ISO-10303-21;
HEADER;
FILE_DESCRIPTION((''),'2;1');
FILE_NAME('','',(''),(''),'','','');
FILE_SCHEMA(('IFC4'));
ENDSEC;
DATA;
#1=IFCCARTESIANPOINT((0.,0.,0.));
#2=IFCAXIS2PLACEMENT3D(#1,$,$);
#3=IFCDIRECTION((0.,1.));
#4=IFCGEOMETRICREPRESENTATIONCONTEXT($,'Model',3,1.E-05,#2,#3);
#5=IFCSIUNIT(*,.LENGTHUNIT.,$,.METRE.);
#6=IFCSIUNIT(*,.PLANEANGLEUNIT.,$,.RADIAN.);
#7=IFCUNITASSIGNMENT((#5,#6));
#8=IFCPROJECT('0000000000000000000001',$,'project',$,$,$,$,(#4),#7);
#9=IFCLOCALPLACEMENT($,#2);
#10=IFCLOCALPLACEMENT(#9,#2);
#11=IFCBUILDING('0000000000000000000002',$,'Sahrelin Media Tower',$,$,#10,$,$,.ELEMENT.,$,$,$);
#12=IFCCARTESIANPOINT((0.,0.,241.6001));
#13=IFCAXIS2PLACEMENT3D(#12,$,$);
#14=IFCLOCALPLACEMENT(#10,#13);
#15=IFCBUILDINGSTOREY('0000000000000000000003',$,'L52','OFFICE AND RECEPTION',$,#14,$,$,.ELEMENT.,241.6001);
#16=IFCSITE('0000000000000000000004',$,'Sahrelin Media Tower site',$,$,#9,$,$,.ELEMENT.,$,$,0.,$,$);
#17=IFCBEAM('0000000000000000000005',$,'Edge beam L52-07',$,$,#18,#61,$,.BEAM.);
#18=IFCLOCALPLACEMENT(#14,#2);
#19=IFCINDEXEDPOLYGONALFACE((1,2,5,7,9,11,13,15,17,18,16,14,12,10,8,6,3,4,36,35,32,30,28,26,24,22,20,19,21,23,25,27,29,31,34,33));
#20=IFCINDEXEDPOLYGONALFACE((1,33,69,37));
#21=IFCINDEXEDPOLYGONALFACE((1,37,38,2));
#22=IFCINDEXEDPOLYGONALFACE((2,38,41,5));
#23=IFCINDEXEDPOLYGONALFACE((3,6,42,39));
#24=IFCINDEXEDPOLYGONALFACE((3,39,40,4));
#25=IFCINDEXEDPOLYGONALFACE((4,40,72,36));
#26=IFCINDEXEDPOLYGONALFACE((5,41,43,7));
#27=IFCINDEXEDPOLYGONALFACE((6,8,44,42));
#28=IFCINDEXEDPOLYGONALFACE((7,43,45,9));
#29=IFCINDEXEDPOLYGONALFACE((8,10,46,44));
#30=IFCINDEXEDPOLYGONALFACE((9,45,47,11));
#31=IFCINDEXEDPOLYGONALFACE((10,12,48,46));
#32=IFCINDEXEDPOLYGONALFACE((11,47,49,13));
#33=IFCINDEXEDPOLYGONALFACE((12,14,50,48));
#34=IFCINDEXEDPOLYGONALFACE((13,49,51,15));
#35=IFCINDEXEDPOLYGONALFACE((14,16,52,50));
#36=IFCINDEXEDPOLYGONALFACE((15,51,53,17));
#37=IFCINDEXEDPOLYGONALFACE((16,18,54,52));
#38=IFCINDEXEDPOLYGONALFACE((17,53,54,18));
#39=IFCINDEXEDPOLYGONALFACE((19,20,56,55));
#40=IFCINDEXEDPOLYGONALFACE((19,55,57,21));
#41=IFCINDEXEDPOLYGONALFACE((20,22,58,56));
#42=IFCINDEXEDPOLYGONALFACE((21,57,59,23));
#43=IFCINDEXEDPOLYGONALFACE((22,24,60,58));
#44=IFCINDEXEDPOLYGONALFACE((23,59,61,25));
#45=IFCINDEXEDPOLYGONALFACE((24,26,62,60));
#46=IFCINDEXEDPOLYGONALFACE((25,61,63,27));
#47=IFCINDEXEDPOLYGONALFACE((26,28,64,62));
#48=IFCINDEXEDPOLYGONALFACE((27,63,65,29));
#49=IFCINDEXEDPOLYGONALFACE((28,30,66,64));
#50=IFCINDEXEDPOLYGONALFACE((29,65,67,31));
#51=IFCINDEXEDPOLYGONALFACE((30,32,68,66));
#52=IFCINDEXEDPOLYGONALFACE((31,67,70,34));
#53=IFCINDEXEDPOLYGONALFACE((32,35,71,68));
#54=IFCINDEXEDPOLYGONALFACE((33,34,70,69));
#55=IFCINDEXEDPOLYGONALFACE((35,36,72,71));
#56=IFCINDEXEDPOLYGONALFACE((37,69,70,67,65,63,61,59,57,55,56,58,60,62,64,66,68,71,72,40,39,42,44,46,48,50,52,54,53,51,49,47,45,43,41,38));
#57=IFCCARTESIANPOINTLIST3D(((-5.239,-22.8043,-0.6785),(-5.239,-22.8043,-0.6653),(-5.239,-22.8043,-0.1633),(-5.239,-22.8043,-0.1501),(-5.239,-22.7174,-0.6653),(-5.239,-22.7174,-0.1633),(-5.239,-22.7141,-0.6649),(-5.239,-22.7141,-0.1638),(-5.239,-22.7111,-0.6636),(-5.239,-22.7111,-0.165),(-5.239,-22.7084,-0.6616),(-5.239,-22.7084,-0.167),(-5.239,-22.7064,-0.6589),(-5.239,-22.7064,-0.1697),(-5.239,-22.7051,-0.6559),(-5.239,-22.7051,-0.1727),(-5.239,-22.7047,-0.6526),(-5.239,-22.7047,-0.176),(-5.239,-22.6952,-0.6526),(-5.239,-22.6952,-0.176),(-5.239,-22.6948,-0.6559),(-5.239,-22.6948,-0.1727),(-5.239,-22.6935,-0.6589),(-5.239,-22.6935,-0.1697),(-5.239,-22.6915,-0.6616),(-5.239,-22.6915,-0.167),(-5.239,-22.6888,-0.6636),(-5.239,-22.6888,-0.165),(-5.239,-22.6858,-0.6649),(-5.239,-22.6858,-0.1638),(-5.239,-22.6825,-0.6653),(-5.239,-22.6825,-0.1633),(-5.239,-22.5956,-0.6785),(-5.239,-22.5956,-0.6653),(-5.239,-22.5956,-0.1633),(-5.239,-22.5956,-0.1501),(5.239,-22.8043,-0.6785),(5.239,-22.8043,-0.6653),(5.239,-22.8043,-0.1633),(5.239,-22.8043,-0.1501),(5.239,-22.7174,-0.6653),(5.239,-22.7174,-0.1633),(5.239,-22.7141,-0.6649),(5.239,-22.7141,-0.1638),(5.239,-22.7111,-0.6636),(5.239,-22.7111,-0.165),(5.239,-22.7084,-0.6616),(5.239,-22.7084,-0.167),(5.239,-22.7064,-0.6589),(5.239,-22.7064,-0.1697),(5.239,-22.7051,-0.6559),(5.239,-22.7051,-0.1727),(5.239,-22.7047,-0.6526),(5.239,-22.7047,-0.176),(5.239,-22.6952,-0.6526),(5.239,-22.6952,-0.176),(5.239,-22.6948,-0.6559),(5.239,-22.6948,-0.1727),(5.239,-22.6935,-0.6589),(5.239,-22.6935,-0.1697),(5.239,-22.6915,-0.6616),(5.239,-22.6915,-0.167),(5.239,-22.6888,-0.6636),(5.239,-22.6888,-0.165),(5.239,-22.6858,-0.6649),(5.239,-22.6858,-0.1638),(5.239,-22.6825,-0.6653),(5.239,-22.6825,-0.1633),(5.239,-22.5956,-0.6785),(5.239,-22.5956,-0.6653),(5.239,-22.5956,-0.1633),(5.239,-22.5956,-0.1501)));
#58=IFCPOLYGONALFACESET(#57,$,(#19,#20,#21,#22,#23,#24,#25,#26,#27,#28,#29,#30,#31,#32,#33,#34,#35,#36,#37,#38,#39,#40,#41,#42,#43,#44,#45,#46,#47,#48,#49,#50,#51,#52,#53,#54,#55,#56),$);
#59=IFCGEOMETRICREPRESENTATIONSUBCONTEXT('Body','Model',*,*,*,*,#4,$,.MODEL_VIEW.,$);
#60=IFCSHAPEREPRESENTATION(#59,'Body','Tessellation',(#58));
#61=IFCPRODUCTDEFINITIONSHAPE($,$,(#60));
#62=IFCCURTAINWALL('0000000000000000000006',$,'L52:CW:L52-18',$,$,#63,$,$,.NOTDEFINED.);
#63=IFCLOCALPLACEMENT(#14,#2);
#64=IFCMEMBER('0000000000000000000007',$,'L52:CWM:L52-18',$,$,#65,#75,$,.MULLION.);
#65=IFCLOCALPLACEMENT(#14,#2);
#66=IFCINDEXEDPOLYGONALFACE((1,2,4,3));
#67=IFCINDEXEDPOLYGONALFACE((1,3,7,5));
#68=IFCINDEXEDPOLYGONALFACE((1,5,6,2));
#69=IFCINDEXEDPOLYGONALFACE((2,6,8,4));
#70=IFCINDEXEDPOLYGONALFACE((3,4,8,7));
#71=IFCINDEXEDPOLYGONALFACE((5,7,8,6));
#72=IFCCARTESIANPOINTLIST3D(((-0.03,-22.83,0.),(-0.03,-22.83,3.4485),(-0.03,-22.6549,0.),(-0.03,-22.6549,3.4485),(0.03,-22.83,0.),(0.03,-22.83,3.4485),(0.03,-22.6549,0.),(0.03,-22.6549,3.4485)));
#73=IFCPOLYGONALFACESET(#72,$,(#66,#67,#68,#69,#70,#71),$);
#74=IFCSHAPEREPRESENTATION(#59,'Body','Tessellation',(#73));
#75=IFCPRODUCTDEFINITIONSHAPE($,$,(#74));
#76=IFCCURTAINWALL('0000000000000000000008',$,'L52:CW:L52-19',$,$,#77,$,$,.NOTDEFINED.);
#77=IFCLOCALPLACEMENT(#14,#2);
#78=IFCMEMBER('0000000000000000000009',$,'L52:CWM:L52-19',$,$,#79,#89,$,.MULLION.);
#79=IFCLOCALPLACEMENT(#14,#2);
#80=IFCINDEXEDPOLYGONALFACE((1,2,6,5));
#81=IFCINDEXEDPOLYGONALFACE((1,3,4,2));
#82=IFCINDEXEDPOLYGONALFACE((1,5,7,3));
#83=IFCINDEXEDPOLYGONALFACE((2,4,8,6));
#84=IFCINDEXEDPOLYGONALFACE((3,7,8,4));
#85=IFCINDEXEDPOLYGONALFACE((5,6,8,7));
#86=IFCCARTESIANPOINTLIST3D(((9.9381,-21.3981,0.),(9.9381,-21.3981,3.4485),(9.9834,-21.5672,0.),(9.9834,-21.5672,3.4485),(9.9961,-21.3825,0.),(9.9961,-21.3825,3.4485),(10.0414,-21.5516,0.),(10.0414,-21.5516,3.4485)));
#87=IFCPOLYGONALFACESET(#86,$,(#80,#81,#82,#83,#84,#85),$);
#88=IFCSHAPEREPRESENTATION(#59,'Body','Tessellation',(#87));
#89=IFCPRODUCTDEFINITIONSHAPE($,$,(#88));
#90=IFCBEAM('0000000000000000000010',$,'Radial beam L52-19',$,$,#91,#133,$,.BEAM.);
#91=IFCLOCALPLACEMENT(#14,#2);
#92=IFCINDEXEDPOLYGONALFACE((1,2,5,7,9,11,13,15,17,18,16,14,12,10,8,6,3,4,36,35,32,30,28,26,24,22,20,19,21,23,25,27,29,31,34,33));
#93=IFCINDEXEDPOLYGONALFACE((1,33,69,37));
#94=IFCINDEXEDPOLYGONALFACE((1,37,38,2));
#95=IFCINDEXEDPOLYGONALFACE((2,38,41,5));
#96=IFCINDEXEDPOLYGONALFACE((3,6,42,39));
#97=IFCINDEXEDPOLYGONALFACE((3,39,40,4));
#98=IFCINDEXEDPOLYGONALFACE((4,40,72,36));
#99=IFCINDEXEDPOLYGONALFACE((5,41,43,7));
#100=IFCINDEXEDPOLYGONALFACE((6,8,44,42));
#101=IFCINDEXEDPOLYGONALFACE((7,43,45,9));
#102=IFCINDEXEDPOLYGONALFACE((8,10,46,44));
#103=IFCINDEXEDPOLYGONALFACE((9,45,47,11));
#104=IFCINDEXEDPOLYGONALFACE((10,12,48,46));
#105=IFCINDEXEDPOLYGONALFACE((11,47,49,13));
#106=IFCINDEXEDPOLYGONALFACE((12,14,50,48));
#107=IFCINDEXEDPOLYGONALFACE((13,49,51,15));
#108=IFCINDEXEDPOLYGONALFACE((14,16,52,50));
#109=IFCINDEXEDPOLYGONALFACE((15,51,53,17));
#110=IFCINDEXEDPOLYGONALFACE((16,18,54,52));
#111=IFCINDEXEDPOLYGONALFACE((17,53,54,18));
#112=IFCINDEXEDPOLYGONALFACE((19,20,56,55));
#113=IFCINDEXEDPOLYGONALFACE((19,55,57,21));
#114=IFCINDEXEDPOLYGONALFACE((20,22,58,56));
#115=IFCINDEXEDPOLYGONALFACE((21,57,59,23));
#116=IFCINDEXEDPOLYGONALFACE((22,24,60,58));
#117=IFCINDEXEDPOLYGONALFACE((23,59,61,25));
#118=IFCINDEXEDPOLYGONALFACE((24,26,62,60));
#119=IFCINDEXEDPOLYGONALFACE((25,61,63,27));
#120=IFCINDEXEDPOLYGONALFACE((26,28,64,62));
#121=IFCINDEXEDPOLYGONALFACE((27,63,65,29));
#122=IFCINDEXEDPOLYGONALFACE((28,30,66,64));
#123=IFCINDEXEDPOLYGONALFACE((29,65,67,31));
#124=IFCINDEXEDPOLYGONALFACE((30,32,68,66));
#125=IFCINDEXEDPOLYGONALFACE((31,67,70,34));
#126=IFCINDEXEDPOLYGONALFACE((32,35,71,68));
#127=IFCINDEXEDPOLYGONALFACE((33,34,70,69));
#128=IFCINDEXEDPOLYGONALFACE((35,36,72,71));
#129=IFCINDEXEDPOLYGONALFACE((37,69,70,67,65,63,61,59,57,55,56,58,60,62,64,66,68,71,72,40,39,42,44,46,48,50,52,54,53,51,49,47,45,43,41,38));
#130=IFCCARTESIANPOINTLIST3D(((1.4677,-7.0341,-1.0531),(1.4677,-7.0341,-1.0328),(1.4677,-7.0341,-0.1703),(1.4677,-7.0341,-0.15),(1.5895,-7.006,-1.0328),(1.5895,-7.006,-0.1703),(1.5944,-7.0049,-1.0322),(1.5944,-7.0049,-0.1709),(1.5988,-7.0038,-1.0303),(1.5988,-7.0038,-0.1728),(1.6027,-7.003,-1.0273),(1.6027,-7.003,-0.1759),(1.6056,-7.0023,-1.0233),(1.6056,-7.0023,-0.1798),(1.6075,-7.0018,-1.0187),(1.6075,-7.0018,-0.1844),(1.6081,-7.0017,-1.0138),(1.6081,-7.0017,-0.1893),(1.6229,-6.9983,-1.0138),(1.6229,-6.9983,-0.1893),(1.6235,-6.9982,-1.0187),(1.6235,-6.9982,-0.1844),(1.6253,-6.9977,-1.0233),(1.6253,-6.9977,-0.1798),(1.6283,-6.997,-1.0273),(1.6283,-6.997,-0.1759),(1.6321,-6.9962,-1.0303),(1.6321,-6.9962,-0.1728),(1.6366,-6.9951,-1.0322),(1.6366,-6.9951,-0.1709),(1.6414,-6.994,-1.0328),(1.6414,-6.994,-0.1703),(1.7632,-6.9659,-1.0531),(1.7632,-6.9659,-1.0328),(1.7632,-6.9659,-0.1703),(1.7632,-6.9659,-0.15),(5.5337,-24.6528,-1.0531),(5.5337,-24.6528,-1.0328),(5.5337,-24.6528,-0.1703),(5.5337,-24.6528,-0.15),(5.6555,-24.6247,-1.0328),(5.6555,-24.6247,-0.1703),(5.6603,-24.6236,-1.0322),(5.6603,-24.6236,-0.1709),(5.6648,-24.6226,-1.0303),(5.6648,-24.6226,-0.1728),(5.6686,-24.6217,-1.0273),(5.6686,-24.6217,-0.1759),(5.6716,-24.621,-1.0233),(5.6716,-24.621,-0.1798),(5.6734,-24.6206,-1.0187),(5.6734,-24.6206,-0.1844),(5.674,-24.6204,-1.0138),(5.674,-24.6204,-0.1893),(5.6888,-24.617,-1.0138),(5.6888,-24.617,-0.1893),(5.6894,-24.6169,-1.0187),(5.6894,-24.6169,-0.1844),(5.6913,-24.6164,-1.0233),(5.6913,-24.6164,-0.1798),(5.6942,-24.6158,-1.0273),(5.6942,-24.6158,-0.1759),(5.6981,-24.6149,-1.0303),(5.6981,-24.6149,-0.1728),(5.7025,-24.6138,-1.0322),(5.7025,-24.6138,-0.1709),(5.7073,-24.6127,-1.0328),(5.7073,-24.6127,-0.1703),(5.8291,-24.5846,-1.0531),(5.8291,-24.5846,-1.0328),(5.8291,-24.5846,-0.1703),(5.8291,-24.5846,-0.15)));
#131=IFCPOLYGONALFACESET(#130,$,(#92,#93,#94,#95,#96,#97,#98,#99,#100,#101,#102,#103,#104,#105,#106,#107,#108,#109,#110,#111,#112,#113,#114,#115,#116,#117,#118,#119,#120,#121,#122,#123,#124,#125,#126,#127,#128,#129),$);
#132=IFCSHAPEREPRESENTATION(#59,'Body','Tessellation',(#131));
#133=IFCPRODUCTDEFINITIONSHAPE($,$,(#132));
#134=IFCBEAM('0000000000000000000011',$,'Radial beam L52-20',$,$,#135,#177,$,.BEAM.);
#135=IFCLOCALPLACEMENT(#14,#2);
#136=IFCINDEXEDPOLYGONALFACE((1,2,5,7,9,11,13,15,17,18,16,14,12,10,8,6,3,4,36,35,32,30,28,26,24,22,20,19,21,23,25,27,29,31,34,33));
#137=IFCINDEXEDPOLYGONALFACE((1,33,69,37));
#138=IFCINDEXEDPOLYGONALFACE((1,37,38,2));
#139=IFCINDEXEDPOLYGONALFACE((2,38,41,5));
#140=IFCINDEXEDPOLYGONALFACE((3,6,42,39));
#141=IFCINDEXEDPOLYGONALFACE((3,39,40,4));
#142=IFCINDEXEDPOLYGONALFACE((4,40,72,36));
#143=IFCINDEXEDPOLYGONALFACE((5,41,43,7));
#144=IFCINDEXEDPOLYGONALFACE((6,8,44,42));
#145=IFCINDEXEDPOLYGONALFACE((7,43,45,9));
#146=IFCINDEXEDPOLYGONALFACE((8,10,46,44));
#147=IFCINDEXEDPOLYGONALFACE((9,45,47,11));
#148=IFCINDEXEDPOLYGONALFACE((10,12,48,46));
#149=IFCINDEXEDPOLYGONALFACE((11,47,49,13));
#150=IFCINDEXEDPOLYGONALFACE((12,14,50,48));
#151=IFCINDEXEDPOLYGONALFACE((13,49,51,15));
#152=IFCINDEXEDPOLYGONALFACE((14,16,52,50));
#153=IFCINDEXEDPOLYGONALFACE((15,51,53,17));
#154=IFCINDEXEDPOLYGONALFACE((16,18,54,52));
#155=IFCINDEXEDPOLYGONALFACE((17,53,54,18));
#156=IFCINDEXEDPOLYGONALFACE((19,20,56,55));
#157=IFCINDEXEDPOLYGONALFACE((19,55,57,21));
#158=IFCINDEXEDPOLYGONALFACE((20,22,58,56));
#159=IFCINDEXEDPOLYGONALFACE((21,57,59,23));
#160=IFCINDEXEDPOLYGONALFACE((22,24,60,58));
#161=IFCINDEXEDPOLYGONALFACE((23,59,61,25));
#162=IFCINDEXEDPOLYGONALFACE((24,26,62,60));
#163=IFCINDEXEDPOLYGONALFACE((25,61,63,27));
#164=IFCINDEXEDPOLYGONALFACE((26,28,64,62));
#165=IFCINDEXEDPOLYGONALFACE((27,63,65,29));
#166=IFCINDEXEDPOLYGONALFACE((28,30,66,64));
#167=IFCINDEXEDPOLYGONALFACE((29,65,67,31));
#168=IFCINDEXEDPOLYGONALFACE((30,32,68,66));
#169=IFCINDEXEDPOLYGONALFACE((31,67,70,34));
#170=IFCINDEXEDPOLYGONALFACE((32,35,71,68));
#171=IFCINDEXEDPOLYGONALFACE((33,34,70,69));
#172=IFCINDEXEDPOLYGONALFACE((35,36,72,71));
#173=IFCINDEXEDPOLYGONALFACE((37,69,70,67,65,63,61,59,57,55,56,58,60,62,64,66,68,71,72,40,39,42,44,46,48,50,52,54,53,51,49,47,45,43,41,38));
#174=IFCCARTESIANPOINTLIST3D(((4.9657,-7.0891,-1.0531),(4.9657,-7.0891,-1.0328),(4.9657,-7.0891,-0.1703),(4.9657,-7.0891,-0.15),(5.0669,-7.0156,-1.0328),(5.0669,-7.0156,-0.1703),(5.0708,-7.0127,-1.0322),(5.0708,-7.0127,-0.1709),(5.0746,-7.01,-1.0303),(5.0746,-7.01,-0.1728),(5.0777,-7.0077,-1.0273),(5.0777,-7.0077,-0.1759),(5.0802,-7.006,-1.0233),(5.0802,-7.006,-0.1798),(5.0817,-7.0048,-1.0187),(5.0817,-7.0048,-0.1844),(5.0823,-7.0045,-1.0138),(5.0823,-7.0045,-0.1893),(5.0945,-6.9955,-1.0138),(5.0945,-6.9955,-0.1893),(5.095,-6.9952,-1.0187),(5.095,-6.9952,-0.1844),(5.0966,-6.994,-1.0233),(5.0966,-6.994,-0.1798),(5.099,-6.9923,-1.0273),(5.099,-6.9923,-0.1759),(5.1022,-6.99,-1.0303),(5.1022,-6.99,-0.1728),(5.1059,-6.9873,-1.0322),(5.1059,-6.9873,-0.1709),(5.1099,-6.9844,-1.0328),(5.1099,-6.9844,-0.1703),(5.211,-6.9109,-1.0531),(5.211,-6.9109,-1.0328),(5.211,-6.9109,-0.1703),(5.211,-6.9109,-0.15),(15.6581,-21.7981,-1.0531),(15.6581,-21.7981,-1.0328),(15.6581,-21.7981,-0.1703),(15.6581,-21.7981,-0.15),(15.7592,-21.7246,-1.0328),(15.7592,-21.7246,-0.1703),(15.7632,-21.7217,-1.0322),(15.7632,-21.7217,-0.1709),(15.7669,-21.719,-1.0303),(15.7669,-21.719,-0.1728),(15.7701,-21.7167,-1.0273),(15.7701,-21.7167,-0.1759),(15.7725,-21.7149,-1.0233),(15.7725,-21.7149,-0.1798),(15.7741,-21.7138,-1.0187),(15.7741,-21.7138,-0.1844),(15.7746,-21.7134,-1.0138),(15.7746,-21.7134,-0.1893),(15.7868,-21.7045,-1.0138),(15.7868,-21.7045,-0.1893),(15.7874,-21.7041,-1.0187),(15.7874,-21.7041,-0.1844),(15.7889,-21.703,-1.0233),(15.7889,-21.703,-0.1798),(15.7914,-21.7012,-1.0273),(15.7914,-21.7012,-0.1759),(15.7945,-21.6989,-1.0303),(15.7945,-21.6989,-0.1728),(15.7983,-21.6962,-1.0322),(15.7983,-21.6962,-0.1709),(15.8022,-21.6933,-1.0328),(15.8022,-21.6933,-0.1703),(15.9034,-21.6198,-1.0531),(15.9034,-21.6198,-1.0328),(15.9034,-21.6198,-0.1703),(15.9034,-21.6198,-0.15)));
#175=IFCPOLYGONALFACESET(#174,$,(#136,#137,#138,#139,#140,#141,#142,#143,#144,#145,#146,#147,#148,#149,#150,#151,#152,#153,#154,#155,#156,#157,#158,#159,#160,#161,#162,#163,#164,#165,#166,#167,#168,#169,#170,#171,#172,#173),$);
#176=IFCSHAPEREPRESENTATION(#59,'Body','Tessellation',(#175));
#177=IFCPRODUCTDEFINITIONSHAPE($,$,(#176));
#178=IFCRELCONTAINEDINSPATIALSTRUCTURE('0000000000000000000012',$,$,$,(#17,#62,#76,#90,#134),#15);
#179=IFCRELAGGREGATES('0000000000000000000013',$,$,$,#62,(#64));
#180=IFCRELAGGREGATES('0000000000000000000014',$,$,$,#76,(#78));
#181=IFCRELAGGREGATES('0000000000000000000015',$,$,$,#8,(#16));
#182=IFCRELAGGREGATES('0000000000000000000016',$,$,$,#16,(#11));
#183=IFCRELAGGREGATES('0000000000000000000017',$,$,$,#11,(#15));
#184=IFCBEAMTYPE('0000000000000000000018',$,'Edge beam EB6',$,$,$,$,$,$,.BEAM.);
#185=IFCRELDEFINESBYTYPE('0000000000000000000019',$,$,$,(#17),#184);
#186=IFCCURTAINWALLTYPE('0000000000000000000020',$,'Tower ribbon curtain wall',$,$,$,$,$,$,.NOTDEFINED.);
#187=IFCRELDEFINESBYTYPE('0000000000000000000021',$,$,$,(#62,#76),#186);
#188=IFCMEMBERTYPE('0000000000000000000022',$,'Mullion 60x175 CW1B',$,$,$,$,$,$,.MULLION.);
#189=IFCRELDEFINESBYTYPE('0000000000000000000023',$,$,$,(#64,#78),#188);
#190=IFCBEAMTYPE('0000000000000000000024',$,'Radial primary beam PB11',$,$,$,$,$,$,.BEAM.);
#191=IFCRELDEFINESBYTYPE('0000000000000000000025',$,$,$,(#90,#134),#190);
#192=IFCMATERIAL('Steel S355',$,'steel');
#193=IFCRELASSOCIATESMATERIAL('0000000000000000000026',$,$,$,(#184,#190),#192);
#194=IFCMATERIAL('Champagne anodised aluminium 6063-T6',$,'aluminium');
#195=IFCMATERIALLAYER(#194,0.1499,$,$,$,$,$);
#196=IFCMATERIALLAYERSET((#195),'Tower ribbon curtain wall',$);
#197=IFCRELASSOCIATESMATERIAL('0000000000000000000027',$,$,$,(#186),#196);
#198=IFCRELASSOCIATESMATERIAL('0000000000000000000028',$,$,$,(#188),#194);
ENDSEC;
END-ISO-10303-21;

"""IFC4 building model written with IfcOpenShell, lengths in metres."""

from ifc_helpers import new_model, si_unit, direction, frame, origin, origin_2d, place, context, subcontext, project, spatial, rectangle, i_section, extrude, material, layer, layer_set, material_profile, profile_set, type_object, element, aggregate, save


model = new_model("IFC4")

# Units and contexts
model_context = context("Model", 3, precision=1e-05, world=origin(), true_north=direction((0.0, 1.0)))
body_context = subcontext(model_context, "Body", "Model", "MODEL_VIEW")
ifc_project = project(units=[si_unit("LENGTHUNIT", "METRE"), si_unit("PLANEANGLEUNIT", "RADIAN")], contexts=[model_context])

# Site, building, storey
site_placement = place(None, origin())
site = spatial("IfcSite", under=ifc_project, at=site_placement, Name="Sahrelin Media Tower site", CompositionType="ELEMENT", RefElevation=0.0)
building_placement = place(site_placement, origin())
building = spatial("IfcBuilding", under=site, at=building_placement, Name="Sahrelin Media Tower", CompositionType="ELEMENT")
storey_placement = place(building_placement, frame((0.0, 0.0, 241.6001)))
storey = spatial("IfcBuildingStorey", under=building, at=storey_placement, Name="L52", Description="OFFICE AND RECEPTION", CompositionType="ELEMENT", Elevation=241.6001)

# Beam
ifc_material_1 = material(Name="Steel S355", Category="steel")
ifc_material_profile_1 = material_profile(ifc_material_1, i_section(OverallWidth=0.2087, OverallDepth=0.5283, WebThickness=0.0095, FlangeThickness=0.0132, FilletRadius=0.0127, at=origin_2d()), Name="UB 533x210x82")
ifc_profile_set_1 = profile_set([ifc_material_profile_1], Name="Steel S355")
beam_type_1 = type_object("IfcBeamType", Name="Edge beam EB6", PredefinedType="BEAM", material=ifc_profile_set_1)
beam_1_placement = place(storey_placement, frame((5.239, -22.7, -0.4143), z_axis=(-1.0, 0.0, 0.0), x_axis=(0.0, -1.0, 0.0)))
element("IfcBeam", 1, at=beam_1_placement, inside=storey, type_object=beam_type_1, Name="Edge beam L52-07", PredefinedType="BEAM", context=body_context, shape_type="SweptSolid", body=[
    extrude(i_section(OverallWidth=0.2087, OverallDepth=0.5283, WebThickness=0.0095, FlangeThickness=0.0132, FilletRadius=0.0127, at=origin_2d()), origin(), (0.0, 0.0, 1.0), 10.478),
])

# Curtain walls, members
ifc_material_2 = material(Name="Champagne anodised aluminium 6063-T6", Category="aluminium")
ifc_layer_1 = layer(ifc_material_2, 0.1499)
ifc_layer_set_1 = layer_set([ifc_layer_1], Name="Tower ribbon curtain wall")
curtain_wall_type = type_object("IfcCurtainWallType", Name="Tower ribbon curtain wall", PredefinedType="NOTDEFINED", material=ifc_layer_set_1)
curtain_wall_1_placement = place(storey_placement, frame((0.0, -22.8501, 0.0), z_axis=(0.0, 0.0, 1.0), x_axis=(1.0, 0.0, 0.0)))
curtain_wall_1 = element("IfcCurtainWall", 2, at=curtain_wall_1_placement, inside=storey, type_object=curtain_wall_type, Name="L52:CW:L52-18", PredefinedType="NOTDEFINED")
ifc_material_profile_2 = material_profile(ifc_material_2, rectangle(XDim=0.0601, YDim=0.175, at=origin_2d()), Name="Mullion 60x175")
ifc_profile_set_2 = profile_set([ifc_material_profile_2], Name="Champagne anodised aluminium 6063-T6")
member_type_1 = type_object("IfcMemberType", Name="Mullion 60x175 CW1B", PredefinedType="MULLION", material=ifc_profile_set_2)
member_1_placement = place(storey_placement, frame((0.0, -22.7424, 0.0), z_axis=(0.0, 0.0, 1.0), x_axis=(1.0, 0.0, 0.0)))
member_1 = element("IfcMember", 3, at=member_1_placement, type_object=member_type_1, Name="L52:CWM:L52-18", PredefinedType="MULLION", context=body_context, shape_type="SweptSolid", body=[
    extrude(rectangle(XDim=0.0601, YDim=0.175, at=origin_2d()), origin(), (0.0, 0.0, 1.0), 3.4485),
])
aggregate(curtain_wall_1, [member_1])
curtain_wall_2_placement = place(storey_placement, frame((10.0176, -21.5789, 0.0), z_axis=(0.0, 0.0, 1.0), x_axis=(1.0, 0.0, 0.0)))
curtain_wall_2 = element("IfcCurtainWall", 4, at=curtain_wall_2_placement, inside=storey, type_object=curtain_wall_type, Name="L52:CW:L52-19", PredefinedType="NOTDEFINED")
member_2_placement = place(storey_placement, frame((9.9897, -21.4749, 0.0), z_axis=(0.0, 0.0, 1.0), x_axis=(0.965925, 0.258821, 0.0)))
member_2 = element("IfcMember", 5, at=member_2_placement, type_object=member_type_1, Name="L52:CWM:L52-19", PredefinedType="MULLION", context=body_context, shape_type="SweptSolid", body=[
    extrude(rectangle(XDim=0.0601, YDim=0.175, at=origin_2d()), origin(), (0.0, 0.0, 1.0), 3.4485),
])

# Beams
ifc_material_profile_3 = material_profile(ifc_material_1, i_section(OverallWidth=0.3032, OverallDepth=0.9031, WebThickness=0.0151, FlangeThickness=0.0203, FilletRadius=0.019, at=origin_2d()), Name="UB 914x305x201")
ifc_profile_set_3 = profile_set([ifc_material_profile_3], Name="Steel S355")
beam_type_2 = type_object("IfcBeamType", Name="Radial primary beam PB11", PredefinedType="BEAM", material=ifc_profile_set_3)
beam_2_placement = place(storey_placement, frame((1.6155, -7.0, -0.6016), z_axis=(0.224863, -0.97439, 0.0), x_axis=(0.97439, 0.224863, 0.0)))
element("IfcBeam", 6, at=beam_2_placement, inside=storey, type_object=beam_type_2, Name="Radial beam L52-19", PredefinedType="BEAM", context=body_context, shape_type="SweptSolid", body=[
    extrude(i_section(OverallWidth=0.3032, OverallDepth=0.9031, WebThickness=0.0151, FlangeThickness=0.0203, FilletRadius=0.019, at=origin_2d()), origin(), (0.0, 0.0, 1.0), 18.0818),
])
beam_3_placement = place(storey_placement, frame((5.0884, -7.0, -0.6016), z_axis=(0.58799, -0.808868, 0.0), x_axis=(0.808868, 0.58799, 0.0)))
element("IfcBeam", 7, at=beam_3_placement, inside=storey, type_object=beam_type_2, Name="Radial beam L52-20", PredefinedType="BEAM", context=body_context, shape_type="SweptSolid", body=[
    extrude(i_section(OverallWidth=0.3032, OverallDepth=0.9031, WebThickness=0.0151, FlangeThickness=0.0203, FilletRadius=0.019, at=origin_2d()), origin(), (0.0, 0.0, 1.0), 18.1846),
])

aggregate(curtain_wall_2, [member_2])

save(model, "model.ifc")
